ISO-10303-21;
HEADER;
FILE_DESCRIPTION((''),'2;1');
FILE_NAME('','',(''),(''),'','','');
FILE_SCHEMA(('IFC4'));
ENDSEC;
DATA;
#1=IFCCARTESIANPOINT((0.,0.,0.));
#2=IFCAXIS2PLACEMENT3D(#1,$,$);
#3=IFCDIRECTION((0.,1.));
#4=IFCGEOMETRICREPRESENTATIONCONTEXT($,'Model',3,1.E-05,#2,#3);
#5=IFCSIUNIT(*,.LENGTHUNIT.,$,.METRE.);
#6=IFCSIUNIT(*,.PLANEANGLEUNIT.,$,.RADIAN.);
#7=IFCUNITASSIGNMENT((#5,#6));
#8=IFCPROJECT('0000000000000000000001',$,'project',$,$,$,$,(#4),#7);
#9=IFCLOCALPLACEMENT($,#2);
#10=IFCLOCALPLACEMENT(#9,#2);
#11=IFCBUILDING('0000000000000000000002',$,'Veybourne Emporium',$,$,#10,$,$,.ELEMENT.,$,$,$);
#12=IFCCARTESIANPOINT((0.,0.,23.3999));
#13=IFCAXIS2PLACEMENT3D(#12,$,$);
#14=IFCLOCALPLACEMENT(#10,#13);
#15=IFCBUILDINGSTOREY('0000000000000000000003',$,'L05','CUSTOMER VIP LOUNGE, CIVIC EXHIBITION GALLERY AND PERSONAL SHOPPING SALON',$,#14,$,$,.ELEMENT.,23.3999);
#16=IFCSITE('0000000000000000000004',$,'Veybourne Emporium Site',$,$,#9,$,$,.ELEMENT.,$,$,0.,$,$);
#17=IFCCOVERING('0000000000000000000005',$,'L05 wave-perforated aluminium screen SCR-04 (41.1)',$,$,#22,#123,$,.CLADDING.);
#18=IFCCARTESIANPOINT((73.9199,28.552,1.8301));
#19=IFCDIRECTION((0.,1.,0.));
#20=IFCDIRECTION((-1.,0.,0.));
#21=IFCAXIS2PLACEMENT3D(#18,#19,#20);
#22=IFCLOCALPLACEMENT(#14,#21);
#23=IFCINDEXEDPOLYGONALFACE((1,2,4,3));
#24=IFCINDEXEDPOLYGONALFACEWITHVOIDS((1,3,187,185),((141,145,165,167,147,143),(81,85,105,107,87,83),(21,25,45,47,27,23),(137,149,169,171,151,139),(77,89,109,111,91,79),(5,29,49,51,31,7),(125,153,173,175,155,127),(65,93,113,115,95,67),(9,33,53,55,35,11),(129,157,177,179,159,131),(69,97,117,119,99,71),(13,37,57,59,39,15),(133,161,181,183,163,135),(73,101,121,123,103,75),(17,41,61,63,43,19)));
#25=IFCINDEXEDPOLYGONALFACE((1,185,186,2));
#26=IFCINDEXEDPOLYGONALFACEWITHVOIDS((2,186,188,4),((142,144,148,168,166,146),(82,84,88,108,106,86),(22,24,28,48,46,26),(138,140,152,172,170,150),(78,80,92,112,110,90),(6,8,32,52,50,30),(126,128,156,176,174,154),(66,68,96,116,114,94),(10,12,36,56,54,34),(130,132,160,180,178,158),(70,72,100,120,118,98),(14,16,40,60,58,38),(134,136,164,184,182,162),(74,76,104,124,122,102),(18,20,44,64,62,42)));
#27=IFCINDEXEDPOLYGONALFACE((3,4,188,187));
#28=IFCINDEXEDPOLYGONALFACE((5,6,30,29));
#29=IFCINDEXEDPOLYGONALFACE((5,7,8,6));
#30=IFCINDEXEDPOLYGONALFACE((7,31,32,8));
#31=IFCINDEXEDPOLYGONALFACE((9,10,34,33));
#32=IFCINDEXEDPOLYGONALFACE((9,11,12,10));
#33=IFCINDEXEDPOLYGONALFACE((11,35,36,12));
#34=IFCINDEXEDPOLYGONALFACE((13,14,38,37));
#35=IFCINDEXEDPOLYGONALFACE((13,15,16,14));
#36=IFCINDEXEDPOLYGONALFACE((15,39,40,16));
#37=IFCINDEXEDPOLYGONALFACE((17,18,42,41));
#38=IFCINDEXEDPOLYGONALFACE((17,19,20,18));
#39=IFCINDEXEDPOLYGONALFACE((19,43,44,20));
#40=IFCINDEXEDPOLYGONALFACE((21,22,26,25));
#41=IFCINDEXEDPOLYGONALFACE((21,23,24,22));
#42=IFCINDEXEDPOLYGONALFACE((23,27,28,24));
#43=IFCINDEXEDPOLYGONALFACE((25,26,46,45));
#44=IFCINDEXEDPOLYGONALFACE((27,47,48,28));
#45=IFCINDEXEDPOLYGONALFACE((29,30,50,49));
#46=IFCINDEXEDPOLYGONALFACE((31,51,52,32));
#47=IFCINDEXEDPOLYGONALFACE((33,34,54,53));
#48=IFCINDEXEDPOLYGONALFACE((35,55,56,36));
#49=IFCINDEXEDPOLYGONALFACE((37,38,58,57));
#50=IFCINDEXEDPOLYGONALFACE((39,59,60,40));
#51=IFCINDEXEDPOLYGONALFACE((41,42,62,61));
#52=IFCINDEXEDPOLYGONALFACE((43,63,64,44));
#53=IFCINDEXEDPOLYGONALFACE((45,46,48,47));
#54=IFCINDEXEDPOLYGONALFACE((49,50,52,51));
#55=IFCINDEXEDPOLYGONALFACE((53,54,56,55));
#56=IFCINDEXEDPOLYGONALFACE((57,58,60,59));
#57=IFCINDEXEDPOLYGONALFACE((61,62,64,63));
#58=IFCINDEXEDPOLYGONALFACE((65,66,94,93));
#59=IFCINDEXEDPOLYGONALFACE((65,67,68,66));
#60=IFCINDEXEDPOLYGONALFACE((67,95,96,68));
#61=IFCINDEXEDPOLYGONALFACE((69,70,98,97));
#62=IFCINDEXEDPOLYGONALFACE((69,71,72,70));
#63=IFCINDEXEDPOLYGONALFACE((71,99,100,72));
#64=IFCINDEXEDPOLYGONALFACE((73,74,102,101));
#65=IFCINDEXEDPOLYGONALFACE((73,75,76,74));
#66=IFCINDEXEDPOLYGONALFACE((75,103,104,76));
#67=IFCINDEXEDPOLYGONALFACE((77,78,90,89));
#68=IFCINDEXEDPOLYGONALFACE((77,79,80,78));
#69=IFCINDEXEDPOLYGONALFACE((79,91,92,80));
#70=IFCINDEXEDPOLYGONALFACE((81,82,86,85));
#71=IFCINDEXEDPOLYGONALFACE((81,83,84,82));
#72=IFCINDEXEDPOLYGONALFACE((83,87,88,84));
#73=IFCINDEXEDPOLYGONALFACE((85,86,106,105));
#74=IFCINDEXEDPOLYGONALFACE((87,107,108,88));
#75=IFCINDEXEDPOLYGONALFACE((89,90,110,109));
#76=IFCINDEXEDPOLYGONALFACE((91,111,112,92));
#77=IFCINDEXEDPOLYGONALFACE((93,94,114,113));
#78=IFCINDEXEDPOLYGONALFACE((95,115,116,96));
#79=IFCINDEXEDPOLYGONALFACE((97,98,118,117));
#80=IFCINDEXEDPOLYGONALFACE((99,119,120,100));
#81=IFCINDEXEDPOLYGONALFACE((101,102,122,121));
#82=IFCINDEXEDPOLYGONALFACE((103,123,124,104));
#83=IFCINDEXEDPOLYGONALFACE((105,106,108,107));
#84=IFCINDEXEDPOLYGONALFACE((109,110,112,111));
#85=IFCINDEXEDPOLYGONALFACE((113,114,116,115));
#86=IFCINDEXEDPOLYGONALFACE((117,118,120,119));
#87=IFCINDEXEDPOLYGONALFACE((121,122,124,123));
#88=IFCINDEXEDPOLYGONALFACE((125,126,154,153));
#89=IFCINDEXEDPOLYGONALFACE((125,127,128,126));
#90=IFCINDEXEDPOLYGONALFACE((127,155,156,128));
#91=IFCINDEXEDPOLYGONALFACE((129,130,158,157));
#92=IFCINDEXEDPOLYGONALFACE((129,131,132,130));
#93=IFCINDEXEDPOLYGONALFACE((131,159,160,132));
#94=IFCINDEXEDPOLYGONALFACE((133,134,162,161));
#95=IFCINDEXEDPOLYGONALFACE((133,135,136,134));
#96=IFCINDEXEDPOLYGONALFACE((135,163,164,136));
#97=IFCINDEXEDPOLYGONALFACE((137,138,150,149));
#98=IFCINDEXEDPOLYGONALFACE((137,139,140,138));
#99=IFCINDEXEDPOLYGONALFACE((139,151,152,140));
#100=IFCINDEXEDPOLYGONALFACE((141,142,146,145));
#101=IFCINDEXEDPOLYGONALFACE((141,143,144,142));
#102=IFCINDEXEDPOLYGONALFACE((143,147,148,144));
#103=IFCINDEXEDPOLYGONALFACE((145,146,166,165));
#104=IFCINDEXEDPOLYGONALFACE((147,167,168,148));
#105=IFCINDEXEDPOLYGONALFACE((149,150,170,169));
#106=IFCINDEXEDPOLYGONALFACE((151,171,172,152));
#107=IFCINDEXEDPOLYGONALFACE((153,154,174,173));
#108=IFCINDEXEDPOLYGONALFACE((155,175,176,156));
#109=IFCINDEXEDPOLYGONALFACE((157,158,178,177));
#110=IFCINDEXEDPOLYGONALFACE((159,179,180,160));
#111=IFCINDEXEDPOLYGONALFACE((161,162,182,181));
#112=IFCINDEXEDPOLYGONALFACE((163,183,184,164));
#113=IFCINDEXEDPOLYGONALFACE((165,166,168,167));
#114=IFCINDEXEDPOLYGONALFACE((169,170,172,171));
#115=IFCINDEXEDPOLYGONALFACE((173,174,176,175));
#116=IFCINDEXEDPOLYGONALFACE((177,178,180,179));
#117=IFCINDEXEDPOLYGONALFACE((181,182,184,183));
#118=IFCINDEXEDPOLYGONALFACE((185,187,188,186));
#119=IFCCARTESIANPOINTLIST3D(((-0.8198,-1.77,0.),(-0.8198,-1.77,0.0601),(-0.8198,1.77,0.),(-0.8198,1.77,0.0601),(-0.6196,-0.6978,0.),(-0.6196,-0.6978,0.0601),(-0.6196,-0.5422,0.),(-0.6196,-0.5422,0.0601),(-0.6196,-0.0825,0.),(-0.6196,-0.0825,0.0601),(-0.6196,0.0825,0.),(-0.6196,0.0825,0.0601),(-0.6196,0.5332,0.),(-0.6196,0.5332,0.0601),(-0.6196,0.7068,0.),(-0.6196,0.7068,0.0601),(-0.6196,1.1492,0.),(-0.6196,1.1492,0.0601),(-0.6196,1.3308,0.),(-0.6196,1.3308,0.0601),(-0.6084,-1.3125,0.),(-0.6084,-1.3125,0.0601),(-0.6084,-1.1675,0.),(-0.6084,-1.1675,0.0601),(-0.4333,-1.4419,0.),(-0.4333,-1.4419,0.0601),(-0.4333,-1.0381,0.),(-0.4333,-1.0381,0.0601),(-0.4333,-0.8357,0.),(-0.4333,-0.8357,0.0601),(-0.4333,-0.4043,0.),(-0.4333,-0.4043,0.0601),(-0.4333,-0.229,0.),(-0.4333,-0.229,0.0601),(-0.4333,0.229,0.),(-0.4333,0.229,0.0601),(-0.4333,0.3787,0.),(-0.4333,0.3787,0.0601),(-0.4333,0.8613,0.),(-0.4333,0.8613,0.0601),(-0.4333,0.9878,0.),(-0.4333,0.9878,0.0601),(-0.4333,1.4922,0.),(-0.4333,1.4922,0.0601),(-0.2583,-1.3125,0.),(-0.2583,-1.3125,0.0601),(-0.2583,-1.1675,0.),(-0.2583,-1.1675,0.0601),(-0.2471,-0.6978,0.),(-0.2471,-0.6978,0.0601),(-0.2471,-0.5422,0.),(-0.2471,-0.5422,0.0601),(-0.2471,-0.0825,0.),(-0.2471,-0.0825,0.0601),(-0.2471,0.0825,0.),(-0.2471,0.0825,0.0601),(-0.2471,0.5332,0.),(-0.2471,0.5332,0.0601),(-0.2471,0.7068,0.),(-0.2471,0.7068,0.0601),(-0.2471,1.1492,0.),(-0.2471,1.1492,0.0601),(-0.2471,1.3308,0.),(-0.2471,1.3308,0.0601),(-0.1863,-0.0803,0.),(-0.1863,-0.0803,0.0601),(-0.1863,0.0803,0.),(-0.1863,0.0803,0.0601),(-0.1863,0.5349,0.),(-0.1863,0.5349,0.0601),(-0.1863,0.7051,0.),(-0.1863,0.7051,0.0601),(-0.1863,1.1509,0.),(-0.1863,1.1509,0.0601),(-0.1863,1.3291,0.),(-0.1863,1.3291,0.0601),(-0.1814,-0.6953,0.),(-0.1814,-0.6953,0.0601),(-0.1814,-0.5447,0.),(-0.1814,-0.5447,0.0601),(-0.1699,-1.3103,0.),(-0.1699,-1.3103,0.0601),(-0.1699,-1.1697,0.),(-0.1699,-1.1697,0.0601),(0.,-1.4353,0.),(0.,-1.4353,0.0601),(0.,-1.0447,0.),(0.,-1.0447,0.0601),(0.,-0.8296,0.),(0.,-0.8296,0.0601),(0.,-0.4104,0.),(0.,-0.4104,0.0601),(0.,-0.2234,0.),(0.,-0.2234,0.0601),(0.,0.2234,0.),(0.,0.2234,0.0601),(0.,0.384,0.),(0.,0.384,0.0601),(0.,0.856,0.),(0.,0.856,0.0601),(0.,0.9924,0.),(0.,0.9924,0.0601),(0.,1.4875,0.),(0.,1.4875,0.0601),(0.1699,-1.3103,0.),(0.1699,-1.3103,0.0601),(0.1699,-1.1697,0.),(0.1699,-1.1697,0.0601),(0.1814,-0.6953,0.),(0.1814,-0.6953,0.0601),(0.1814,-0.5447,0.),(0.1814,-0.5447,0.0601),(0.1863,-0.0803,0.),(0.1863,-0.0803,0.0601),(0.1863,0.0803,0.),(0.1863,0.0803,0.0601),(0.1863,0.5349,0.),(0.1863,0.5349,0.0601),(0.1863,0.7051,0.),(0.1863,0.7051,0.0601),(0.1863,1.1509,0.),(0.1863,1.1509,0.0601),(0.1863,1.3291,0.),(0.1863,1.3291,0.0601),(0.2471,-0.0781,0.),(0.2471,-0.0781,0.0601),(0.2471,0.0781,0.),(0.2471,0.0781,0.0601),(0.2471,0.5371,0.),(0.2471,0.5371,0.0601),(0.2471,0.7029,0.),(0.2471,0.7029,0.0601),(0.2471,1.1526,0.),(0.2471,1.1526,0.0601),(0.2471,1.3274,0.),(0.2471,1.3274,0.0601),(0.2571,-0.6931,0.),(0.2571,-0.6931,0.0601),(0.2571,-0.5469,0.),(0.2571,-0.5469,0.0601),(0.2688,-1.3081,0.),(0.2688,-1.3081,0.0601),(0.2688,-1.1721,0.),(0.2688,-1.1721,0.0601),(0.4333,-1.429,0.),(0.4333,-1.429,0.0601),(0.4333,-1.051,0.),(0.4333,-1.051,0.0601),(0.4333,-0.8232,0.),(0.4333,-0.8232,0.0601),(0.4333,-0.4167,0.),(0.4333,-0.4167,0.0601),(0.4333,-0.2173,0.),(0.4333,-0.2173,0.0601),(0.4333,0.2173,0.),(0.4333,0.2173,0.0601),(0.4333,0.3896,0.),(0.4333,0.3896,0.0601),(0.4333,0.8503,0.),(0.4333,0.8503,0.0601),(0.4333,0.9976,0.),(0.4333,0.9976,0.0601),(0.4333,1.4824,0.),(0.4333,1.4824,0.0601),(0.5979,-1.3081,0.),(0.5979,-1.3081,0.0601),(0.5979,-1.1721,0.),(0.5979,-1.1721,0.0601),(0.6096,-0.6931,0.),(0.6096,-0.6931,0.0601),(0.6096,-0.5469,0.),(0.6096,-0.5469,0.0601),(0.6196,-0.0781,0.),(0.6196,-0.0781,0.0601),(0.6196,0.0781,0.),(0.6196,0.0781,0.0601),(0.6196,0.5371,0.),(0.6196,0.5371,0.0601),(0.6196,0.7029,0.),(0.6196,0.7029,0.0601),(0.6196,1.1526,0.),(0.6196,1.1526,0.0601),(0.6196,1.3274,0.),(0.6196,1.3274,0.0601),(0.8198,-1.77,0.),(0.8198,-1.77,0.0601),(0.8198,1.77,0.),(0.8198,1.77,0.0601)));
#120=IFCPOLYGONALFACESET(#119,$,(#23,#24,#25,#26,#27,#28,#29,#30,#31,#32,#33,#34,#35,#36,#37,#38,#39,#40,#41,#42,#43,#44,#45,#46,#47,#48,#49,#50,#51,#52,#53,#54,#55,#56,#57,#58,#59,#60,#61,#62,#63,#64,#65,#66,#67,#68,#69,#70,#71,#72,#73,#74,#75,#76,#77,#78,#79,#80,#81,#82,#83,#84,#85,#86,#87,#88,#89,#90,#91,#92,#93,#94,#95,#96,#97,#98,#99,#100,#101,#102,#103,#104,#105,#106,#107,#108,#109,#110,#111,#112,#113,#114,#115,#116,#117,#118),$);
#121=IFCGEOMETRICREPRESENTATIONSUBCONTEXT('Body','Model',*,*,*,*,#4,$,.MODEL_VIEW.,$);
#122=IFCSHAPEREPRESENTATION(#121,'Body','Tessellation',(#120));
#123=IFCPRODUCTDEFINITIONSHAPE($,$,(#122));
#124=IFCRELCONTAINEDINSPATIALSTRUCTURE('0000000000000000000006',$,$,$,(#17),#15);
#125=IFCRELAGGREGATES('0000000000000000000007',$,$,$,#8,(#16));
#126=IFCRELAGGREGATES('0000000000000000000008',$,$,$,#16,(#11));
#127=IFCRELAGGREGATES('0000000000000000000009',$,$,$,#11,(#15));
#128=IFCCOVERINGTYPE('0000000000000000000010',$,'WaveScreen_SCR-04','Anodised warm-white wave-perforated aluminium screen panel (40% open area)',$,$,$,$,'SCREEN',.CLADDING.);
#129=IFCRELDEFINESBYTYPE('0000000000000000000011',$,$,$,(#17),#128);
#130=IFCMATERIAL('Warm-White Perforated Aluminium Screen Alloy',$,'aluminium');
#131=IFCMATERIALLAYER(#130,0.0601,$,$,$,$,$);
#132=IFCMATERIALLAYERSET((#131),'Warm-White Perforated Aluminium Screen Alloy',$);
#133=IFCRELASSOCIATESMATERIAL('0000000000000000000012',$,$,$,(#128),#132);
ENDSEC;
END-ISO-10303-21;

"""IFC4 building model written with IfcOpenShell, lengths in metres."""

from ifc_helpers import new_model, si_unit, direction, frame, origin, place, context, subcontext, project, spatial, polyline, outline, extrude, material, layer, layer_set, type_object, element, save


model = new_model("IFC4")

# Units and contexts
model_context = context("Model", 3, precision=1e-05, world=origin(), true_north=direction((0.0, 1.0)))
body_context = subcontext(model_context, "Body", "Model", "MODEL_VIEW")
ifc_project = project(units=[si_unit("LENGTHUNIT", "METRE"), si_unit("PLANEANGLEUNIT", "RADIAN")], contexts=[model_context])

# Site, building, storey
site_placement = place(None, origin())
site = spatial("IfcSite", under=ifc_project, at=site_placement, Name="Veybourne Emporium Site", CompositionType="ELEMENT", RefElevation=0.0)
building_placement = place(site_placement, origin())
building = spatial("IfcBuilding", under=site, at=building_placement, Name="Veybourne Emporium", CompositionType="ELEMENT")
storey_placement = place(building_placement, frame((0.0, 0.0, 23.3999)))
storey = spatial("IfcBuildingStorey", under=building, at=storey_placement, Name="L05", Description="CUSTOMER VIP LOUNGE, CIVIC EXHIBITION GALLERY AND PERSONAL SHOPPING SALON", CompositionType="ELEMENT", Elevation=23.3999)

# Covering
ifc_material_1 = material(Name="Warm-White Perforated Aluminium Screen Alloy", Category="aluminium")
ifc_layer_1 = layer(ifc_material_1, 0.0601)
ifc_layer_set_1 = layer_set([ifc_layer_1], Name="Warm-White Perforated Aluminium Screen Alloy")
covering_type_1 = type_object("IfcCoveringType", Name="WaveScreen_SCR-04", Description="Anodised warm-white wave-perforated aluminium screen panel (40% open area)", ElementType="SCREEN", PredefinedType="CLADDING", material=ifc_layer_set_1)
covering_1_placement = place(storey_placement, frame((73.9199, 28.552, 1.8301), z_axis=(0.0, 1.0, 0.0), x_axis=(-1.0, 0.0, 0.0)))
element("IfcCovering", 1, at=covering_1_placement, inside=storey, type_object=covering_type_1, Name="L05 wave-perforated aluminium screen SCR-04 (41.1)", PredefinedType="CLADDING", context=body_context, shape_type="SweptSolid", body=[
    extrude(outline(polyline([(-0.8198, -1.77), (0.8198, -1.77), (0.8198, 1.77), (-0.8198, 1.77), (-0.8198, -1.77)]), holes=[polyline([(-0.4333, -1.0381), (-0.2583, -1.1675), (-0.2583, -1.3125), (-0.4333, -1.4419), (-0.6084, -1.3125), (-0.6084, -1.1675), (-0.4333, -1.0381)]), polyline([(-0.4333, -0.4043), (-0.2471, -0.5422), (-0.2471, -0.6978), (-0.4333, -0.8357), (-0.6196, -0.6978), (-0.6196, -0.5422), (-0.4333, -0.4043)]), polyline([(-0.4333, 0.229), (-0.2471, 0.0825), (-0.2471, -0.0825), (-0.4333, -0.229), (-0.6196, -0.0825), (-0.6196, 0.0825), (-0.4333, 0.229)]), polyline([(-0.4333, 0.8613), (-0.2471, 0.7068), (-0.2471, 0.5332), (-0.4333, 0.3787), (-0.6196, 0.5332), (-0.6196, 0.7068), (-0.4333, 0.8613)]), polyline([(-0.4333, 1.4922), (-0.2471, 1.3308), (-0.2471, 1.1492), (-0.4333, 0.9878), (-0.6196, 1.1492), (-0.6196, 1.3308), (-0.4333, 1.4922)]), polyline([(0.0, -1.0447), (0.1699, -1.1697), (0.1699, -1.3103), (0.0, -1.4353), (-0.1699, -1.3103), (-0.1699, -1.1697), (0.0, -1.0447)]), polyline([(0.0, -0.4104), (0.1814, -0.5447), (0.1814, -0.6953), (0.0, -0.8296), (-0.1814, -0.6953), (-0.1814, -0.5447), (0.0, -0.4104)]), polyline([(0.0, 0.2234), (0.1863, 0.0803), (0.1863, -0.0803), (0.0, -0.2234), (-0.1863, -0.0803), (-0.1863, 0.0803), (0.0, 0.2234)]), polyline([(0.0, 0.856), (0.1863, 0.7051), (0.1863, 0.5349), (0.0, 0.384), (-0.1863, 0.5349), (-0.1863, 0.7051), (0.0, 0.856)]), polyline([(0.0, 1.4875), (0.1863, 1.3291), (0.1863, 1.1509), (0.0, 0.9924), (-0.1863, 1.1509), (-0.1863, 1.3291), (0.0, 1.4875)]), polyline([(0.4333, -1.051), (0.5979, -1.1721), (0.5979, -1.3081), (0.4333, -1.429), (0.2688, -1.3081), (0.2688, -1.1721), (0.4333, -1.051)]), polyline([(0.4333, -0.4167), (0.6096, -0.5469), (0.6096, -0.6931), (0.4333, -0.8232), (0.2571, -0.6931), (0.2571, -0.5469), (0.4333, -0.4167)]), polyline([(0.4333, 0.2173), (0.6196, 0.0781), (0.6196, -0.0781), (0.4333, -0.2173), (0.2471, -0.0781), (0.2471, 0.0781), (0.4333, 0.2173)]), polyline([(0.4333, 0.8503), (0.6196, 0.7029), (0.6196, 0.5371), (0.4333, 0.3896), (0.2471, 0.5371), (0.2471, 0.7029), (0.4333, 0.8503)]), polyline([(0.4333, 1.4824), (0.6196, 1.3274), (0.6196, 1.1526), (0.4333, 0.9976), (0.2471, 1.1526), (0.2471, 1.3274), (0.4333, 1.4824)])]), origin(), (0.0, 0.0, 1.0), 0.0601),
])

save(model, "model.ifc")
